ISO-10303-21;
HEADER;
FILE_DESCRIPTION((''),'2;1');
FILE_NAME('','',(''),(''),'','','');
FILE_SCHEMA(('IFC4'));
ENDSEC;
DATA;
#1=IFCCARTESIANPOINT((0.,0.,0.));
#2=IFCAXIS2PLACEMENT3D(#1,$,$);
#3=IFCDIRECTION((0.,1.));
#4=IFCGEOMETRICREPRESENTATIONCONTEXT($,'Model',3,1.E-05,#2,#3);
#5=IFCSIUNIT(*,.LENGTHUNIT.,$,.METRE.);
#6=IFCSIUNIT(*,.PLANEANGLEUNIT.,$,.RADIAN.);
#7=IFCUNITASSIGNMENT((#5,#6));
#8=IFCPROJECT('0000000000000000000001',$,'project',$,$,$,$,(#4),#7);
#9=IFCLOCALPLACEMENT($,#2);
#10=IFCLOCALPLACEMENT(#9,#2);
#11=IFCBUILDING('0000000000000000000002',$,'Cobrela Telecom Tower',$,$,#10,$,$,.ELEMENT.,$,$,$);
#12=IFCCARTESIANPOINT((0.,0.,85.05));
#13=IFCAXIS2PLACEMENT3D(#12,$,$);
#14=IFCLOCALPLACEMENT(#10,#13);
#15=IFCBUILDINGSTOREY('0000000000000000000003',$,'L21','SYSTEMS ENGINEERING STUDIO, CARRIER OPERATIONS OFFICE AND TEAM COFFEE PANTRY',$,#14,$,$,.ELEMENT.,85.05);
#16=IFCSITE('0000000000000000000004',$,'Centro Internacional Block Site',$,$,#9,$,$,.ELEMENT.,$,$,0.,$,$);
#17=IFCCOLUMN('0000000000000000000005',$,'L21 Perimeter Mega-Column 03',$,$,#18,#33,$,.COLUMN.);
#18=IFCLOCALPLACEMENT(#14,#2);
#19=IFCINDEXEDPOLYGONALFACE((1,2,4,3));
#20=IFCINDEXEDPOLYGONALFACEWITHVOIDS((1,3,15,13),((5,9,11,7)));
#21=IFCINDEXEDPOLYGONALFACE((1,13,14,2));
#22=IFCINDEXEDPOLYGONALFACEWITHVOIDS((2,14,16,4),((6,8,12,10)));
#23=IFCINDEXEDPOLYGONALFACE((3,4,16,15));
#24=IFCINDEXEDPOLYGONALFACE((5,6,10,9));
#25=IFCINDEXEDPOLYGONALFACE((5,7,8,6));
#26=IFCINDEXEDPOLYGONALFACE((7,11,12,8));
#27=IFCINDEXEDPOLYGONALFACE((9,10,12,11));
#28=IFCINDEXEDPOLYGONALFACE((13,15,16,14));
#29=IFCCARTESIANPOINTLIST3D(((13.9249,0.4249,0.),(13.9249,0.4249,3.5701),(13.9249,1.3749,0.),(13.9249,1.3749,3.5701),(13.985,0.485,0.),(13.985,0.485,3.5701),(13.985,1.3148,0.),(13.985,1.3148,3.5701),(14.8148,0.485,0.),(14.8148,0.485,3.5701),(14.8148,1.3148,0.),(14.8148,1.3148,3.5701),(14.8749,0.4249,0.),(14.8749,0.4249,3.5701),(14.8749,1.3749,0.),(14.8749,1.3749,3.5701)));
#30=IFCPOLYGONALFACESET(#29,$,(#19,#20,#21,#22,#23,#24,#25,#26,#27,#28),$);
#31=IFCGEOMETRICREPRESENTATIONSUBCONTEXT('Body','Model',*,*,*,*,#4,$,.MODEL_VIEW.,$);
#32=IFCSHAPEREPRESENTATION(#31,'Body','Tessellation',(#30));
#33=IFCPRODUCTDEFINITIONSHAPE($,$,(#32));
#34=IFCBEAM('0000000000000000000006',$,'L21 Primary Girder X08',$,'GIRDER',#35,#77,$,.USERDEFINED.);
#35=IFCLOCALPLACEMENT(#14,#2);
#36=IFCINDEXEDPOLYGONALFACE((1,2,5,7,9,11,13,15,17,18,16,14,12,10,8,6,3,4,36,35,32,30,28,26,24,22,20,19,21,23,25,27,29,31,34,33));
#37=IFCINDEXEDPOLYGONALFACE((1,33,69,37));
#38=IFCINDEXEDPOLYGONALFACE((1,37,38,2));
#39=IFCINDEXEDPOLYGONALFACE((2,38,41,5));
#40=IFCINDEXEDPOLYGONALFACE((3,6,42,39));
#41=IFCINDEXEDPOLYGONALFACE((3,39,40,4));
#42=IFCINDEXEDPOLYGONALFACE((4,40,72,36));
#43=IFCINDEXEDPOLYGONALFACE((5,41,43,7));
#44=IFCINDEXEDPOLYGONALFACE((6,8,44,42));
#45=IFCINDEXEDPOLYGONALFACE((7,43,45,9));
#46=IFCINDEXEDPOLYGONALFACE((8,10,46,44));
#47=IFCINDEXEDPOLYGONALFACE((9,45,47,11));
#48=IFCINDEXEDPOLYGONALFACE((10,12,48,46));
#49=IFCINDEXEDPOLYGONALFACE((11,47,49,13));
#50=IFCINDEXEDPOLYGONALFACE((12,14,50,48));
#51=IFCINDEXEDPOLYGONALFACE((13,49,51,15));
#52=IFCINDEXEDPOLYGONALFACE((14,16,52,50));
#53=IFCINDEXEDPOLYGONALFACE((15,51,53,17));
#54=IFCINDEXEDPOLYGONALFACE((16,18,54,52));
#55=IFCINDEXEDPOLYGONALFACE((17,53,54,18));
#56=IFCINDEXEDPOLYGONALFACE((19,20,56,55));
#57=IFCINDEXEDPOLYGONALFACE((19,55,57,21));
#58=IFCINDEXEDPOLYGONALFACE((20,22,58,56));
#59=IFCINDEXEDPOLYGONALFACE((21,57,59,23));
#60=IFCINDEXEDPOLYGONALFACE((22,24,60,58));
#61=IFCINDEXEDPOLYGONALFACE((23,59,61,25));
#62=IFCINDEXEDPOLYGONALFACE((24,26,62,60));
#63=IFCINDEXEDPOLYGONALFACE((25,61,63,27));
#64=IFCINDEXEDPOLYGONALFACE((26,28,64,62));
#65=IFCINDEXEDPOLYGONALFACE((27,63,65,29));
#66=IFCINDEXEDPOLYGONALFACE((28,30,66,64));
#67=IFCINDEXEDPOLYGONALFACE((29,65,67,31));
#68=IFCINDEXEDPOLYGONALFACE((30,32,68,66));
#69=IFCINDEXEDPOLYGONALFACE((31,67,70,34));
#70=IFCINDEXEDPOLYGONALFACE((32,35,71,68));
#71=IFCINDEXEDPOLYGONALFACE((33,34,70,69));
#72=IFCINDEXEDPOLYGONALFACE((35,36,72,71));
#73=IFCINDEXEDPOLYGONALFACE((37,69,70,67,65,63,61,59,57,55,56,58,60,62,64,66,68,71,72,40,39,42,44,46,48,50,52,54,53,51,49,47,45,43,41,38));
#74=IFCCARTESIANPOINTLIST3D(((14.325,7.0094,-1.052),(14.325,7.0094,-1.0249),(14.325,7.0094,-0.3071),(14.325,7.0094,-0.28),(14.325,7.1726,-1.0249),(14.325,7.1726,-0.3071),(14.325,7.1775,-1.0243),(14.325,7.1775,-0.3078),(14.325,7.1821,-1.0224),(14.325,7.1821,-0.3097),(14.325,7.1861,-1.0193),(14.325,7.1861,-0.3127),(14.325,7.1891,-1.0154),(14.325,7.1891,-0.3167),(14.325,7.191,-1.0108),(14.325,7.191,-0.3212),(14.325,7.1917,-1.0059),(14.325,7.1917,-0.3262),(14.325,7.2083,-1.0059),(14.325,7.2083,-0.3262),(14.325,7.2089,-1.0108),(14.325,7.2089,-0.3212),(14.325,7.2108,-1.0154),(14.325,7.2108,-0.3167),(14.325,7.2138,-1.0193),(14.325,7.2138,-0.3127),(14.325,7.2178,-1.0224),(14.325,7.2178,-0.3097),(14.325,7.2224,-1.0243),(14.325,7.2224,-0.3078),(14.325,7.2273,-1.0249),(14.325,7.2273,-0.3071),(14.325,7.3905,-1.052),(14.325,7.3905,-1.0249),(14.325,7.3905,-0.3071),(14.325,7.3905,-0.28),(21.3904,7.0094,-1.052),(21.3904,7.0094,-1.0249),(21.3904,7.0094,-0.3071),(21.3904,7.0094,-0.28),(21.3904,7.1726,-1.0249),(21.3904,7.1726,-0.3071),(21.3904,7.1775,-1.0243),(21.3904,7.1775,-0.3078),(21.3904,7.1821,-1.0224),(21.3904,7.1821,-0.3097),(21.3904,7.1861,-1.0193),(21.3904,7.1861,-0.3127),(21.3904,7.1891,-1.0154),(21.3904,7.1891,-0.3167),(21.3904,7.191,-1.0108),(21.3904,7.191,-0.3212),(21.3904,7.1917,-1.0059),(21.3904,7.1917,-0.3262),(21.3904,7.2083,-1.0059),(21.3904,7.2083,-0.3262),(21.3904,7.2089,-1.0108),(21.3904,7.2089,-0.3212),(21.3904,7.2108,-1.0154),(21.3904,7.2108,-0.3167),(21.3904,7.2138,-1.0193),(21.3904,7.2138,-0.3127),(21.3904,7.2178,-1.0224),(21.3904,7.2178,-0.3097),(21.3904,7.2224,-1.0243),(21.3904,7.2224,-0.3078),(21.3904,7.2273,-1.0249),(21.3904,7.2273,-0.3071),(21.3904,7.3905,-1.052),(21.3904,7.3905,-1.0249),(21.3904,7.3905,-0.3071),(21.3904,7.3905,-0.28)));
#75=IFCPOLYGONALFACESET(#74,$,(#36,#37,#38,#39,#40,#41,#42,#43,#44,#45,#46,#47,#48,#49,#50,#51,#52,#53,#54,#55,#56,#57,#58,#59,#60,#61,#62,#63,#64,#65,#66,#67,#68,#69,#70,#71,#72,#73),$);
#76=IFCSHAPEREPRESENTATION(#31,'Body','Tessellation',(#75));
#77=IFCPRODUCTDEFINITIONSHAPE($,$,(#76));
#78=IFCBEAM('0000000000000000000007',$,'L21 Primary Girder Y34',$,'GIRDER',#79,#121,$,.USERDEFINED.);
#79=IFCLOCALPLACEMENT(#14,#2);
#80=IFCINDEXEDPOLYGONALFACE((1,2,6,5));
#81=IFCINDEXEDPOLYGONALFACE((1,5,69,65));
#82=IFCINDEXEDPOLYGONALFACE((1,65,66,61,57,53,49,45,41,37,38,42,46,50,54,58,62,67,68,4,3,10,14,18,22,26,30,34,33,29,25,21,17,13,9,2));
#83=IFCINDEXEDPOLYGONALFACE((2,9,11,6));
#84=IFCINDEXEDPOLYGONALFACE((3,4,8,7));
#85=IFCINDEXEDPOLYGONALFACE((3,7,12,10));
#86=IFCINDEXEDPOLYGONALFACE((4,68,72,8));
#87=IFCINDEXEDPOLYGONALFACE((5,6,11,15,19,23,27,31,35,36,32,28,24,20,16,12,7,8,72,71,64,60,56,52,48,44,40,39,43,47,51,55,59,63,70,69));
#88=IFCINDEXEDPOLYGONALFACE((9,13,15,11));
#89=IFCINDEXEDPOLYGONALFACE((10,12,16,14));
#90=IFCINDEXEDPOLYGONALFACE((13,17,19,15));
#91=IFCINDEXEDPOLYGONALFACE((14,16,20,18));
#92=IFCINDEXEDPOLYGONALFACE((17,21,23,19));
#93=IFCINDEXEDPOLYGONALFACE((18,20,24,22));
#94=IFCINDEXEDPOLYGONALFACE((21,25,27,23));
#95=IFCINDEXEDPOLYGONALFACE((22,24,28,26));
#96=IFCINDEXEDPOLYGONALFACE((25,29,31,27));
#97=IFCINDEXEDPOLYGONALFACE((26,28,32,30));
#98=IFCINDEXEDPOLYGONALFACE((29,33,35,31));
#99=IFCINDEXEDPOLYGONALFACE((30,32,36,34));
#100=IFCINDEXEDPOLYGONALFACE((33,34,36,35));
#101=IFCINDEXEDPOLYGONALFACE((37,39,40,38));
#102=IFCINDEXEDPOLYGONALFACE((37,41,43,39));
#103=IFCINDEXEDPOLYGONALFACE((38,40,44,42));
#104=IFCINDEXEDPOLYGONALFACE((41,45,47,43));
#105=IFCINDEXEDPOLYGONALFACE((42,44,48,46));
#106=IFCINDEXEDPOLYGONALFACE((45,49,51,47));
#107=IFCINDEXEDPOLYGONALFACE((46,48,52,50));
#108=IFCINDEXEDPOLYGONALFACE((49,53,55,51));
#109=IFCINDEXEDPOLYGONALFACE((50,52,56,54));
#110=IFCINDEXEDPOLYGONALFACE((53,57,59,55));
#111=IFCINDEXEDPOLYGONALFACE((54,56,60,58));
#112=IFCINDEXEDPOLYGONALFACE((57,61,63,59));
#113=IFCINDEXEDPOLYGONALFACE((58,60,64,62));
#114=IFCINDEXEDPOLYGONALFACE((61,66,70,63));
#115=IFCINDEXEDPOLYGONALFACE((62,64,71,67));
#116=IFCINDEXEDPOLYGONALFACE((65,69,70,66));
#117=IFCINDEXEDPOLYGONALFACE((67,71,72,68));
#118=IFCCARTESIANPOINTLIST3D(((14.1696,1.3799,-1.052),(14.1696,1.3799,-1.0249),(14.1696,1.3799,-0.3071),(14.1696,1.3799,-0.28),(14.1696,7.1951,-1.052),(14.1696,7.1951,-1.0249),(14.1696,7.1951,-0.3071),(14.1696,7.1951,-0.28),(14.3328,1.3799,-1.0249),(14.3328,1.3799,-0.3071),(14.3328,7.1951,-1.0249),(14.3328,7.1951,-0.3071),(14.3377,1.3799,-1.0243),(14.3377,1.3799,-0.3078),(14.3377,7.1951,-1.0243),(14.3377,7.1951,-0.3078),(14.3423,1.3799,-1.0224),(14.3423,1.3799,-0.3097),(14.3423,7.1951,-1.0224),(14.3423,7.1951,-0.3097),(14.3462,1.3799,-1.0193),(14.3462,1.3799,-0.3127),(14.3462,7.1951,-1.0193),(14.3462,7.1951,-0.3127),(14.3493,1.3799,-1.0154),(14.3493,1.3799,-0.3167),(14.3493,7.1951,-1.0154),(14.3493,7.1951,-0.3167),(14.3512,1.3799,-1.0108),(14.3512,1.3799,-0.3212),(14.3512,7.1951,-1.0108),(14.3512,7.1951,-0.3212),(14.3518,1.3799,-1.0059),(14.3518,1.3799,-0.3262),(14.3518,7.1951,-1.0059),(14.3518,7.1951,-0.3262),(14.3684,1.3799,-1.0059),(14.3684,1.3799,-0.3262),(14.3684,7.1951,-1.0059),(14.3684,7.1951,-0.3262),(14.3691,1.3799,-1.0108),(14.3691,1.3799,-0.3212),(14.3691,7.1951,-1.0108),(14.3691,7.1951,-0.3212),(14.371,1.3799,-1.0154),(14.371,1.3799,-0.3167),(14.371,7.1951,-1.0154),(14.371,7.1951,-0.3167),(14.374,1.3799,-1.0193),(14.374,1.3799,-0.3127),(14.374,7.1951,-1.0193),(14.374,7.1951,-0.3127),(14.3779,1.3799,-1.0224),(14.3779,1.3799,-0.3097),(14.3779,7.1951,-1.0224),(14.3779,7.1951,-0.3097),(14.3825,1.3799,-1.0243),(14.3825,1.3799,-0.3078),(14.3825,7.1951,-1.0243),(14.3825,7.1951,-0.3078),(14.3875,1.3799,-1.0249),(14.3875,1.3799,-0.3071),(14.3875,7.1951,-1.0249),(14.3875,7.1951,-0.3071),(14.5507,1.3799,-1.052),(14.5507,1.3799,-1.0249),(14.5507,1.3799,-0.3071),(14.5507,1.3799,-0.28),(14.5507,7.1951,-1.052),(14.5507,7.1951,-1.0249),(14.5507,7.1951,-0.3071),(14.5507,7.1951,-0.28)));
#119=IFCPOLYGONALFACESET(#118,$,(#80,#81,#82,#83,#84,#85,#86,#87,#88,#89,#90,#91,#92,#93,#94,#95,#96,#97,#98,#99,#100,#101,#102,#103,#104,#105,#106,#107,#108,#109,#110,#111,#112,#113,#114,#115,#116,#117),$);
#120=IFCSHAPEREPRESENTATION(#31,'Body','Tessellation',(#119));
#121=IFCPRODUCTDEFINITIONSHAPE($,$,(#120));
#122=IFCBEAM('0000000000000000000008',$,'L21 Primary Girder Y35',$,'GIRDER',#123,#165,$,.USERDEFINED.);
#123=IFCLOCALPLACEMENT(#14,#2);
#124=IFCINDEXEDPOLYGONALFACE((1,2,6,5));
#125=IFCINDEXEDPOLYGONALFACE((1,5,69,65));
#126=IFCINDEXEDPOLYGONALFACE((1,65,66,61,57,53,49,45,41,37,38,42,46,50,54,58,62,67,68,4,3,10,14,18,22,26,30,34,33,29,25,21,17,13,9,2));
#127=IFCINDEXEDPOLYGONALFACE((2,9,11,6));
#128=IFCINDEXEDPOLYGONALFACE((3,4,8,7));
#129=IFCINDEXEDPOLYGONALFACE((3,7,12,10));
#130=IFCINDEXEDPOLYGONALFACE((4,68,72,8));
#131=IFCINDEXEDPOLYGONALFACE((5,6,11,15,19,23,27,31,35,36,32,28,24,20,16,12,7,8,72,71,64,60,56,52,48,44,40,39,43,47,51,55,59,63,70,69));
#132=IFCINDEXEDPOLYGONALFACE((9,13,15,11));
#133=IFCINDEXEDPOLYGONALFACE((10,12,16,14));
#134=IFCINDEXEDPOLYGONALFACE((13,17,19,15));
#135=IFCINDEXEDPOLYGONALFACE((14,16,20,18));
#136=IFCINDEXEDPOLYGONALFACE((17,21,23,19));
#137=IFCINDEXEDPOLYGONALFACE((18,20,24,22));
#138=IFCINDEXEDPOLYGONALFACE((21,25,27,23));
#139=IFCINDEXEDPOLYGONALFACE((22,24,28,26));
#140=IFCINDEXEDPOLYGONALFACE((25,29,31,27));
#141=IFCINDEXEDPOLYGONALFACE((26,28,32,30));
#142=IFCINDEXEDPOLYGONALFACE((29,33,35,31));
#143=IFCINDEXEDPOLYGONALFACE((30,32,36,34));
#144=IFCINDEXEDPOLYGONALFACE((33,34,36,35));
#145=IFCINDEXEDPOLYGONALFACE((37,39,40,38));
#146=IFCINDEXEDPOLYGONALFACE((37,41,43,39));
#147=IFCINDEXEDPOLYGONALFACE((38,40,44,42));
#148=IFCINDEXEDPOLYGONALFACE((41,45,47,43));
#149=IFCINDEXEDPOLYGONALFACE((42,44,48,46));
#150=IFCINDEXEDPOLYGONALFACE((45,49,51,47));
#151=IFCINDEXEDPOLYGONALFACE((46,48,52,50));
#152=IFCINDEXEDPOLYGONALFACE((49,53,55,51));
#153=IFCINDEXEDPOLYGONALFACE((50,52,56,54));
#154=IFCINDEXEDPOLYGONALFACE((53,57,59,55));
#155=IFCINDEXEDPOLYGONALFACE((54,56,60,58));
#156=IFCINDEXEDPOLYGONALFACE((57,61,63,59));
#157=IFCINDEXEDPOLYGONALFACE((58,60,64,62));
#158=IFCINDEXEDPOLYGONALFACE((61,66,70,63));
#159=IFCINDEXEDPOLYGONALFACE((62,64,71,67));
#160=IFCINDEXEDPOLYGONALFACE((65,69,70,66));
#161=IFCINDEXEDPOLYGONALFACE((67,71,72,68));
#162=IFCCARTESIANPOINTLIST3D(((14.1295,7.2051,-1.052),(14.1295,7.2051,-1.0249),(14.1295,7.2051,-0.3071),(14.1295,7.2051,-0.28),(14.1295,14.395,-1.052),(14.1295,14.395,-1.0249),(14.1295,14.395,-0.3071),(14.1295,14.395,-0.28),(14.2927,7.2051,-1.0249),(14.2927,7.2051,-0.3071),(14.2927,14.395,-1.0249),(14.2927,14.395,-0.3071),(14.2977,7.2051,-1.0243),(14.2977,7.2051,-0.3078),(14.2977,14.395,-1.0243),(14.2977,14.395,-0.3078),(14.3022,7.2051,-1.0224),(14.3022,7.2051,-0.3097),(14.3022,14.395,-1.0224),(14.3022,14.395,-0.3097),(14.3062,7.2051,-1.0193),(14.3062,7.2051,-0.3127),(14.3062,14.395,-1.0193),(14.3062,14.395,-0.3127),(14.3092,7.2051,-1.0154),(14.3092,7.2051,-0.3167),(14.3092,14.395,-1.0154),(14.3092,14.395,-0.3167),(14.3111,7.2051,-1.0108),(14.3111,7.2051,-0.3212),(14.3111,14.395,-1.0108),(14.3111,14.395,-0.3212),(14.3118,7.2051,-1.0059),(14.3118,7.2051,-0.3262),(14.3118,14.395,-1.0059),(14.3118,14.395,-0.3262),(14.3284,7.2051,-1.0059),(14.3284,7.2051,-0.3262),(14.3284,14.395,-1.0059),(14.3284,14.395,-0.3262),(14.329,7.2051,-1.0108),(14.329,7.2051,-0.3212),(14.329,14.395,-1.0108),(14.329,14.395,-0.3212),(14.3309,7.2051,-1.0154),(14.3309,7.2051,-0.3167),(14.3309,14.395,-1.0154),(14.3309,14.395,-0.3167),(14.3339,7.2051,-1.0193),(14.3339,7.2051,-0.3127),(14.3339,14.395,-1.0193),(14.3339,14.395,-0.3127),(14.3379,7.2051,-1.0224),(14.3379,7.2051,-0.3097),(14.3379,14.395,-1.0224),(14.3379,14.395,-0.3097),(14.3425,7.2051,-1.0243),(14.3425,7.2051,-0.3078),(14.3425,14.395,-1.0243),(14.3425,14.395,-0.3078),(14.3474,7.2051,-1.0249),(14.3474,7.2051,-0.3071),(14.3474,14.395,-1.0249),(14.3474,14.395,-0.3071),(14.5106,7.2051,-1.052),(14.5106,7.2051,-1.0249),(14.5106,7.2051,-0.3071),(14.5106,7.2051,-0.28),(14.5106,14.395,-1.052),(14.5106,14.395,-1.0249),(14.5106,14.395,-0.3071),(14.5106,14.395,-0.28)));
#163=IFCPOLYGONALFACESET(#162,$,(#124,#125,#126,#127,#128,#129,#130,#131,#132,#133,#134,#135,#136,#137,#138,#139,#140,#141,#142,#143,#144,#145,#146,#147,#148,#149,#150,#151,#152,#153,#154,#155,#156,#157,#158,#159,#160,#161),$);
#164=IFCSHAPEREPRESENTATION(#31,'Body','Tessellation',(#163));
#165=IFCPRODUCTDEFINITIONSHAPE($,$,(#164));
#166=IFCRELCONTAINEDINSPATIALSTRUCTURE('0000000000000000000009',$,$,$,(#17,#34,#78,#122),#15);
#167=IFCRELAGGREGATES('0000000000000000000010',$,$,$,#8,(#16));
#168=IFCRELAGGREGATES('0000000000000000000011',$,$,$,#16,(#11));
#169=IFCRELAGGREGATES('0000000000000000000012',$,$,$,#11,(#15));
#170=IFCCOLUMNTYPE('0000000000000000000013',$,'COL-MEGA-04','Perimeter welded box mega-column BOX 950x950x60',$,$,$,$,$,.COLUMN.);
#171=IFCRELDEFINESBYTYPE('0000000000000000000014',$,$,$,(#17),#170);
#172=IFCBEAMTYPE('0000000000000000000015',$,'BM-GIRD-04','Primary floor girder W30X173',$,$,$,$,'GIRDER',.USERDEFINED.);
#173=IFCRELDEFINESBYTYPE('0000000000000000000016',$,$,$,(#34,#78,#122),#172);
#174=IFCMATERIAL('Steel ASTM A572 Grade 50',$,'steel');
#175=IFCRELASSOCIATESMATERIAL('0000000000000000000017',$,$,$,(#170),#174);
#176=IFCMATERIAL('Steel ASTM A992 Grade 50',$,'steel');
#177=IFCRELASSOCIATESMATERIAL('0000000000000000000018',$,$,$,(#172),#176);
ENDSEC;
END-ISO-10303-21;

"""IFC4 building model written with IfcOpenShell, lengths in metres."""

from ifc_helpers import new_model, si_unit, direction, frame, origin, origin_2d, place, context, subcontext, project, spatial, hollow_rectangle, i_section, extrude, material, material_profile, profile_set, type_object, element, save


model = new_model("IFC4")

# Units and contexts
model_context = context("Model", 3, precision=1e-05, world=origin(), true_north=direction((0.0, 1.0)))
body_context = subcontext(model_context, "Body", "Model", "MODEL_VIEW")
ifc_project = project(units=[si_unit("LENGTHUNIT", "METRE"), si_unit("PLANEANGLEUNIT", "RADIAN")], contexts=[model_context])

# Site, building, storey
site_placement = place(None, origin())
site = spatial("IfcSite", under=ifc_project, at=site_placement, Name="Centro Internacional Block Site", CompositionType="ELEMENT", RefElevation=0.0)
building_placement = place(site_placement, origin())
building = spatial("IfcBuilding", under=site, at=building_placement, Name="Cobrela Telecom Tower", CompositionType="ELEMENT")
storey_placement = place(building_placement, frame((0.0, 0.0, 85.05)))
storey = spatial("IfcBuildingStorey", under=building, at=storey_placement, Name="L21", Description="SYSTEMS ENGINEERING STUDIO, CARRIER OPERATIONS OFFICE AND TEAM COFFEE PANTRY", CompositionType="ELEMENT", Elevation=85.05)

# Column
ifc_material_1 = material(Name="Steel ASTM A572 Grade 50", Category="steel")
ifc_material_profile_1 = material_profile(ifc_material_1, hollow_rectangle(XDim=0.95, YDim=0.95, WallThickness=0.0601, at=origin_2d()), Name="BOX 950x950x60")
ifc_profile_set_1 = profile_set([ifc_material_profile_1], Name="Steel ASTM A572 Grade 50")
column_type = type_object("IfcColumnType", Name="COL-MEGA-04", Description="Perimeter welded box mega-column BOX 950x950x60", PredefinedType="COLUMN", material=ifc_profile_set_1)
column_placement = place(storey_placement, frame((14.3999, 0.8999, 0.0), z_axis=(0.0, 0.0, 1.0), x_axis=(1.0, 0.0, 0.0)))
element("IfcColumn", 1, at=column_placement, inside=storey, type_object=column_type, Name="L21 Perimeter Mega-Column 03", PredefinedType="COLUMN", context=body_context, shape_type="SweptSolid", body=[
    extrude(hollow_rectangle(XDim=0.95, YDim=0.95, WallThickness=0.0601, at=origin_2d()), origin(), (0.0, 0.0, 1.0), 3.5701),
])

# Beams
ifc_material_2 = material(Name="Steel ASTM A992 Grade 50", Category="steel")
ifc_material_profile_2 = material_profile(ifc_material_2, i_section(OverallWidth=0.3811, OverallDepth=0.772, WebThickness=0.0166, FlangeThickness=0.0271, FilletRadius=0.019, at=origin_2d()), Name="W30X173")
ifc_profile_set_2 = profile_set([ifc_material_profile_2], Name="Steel ASTM A992 Grade 50")
beam_type_1 = type_object("IfcBeamType", Name="BM-GIRD-04", Description="Primary floor girder W30X173", ElementType="GIRDER", PredefinedType="USERDEFINED", material=ifc_profile_set_2)
beam_1_placement = place(storey_placement, frame((14.325, 7.2, -0.666), z_axis=(1.0, 0.0, 0.0), x_axis=(0.0, 1.0, 0.0)))
element("IfcBeam", 2, at=beam_1_placement, inside=storey, type_object=beam_type_1, Name="L21 Primary Girder X08", ObjectType="GIRDER", PredefinedType="USERDEFINED", context=body_context, shape_type="SweptSolid", body=[
    extrude(i_section(OverallWidth=0.3811, OverallDepth=0.772, WebThickness=0.0166, FlangeThickness=0.0271, FilletRadius=0.019, at=origin_2d()), origin(), (0.0, 0.0, 1.0), 7.0654),
])
beam_2_placement = place(storey_placement, frame((14.3601, 1.3799, -0.666), z_axis=(0.0, 1.0, 0.0), x_axis=(-1.0, 0.0, 0.0)))
element("IfcBeam", 3, at=beam_2_placement, inside=storey, type_object=beam_type_1, Name="L21 Primary Girder Y34", ObjectType="GIRDER", PredefinedType="USERDEFINED", context=body_context, shape_type="SweptSolid", body=[
    extrude(i_section(OverallWidth=0.3811, OverallDepth=0.772, WebThickness=0.0166, FlangeThickness=0.0271, FilletRadius=0.019, at=origin_2d()), origin(), (0.0, 0.0, 1.0), 5.8152),
])
beam_3_placement = place(storey_placement, frame((14.3201, 7.2051, -0.666), z_axis=(0.0, 1.0, 0.0), x_axis=(-1.0, 0.0, 0.0)))
element("IfcBeam", 4, at=beam_3_placement, inside=storey, type_object=beam_type_1, Name="L21 Primary Girder Y35", ObjectType="GIRDER", PredefinedType="USERDEFINED", context=body_context, shape_type="SweptSolid", body=[
    extrude(i_section(OverallWidth=0.3811, OverallDepth=0.772, WebThickness=0.0166, FlangeThickness=0.0271, FilletRadius=0.019, at=origin_2d()), origin(), (0.0, 0.0, 1.0), 7.1899),
])

save(model, "model.ifc")
